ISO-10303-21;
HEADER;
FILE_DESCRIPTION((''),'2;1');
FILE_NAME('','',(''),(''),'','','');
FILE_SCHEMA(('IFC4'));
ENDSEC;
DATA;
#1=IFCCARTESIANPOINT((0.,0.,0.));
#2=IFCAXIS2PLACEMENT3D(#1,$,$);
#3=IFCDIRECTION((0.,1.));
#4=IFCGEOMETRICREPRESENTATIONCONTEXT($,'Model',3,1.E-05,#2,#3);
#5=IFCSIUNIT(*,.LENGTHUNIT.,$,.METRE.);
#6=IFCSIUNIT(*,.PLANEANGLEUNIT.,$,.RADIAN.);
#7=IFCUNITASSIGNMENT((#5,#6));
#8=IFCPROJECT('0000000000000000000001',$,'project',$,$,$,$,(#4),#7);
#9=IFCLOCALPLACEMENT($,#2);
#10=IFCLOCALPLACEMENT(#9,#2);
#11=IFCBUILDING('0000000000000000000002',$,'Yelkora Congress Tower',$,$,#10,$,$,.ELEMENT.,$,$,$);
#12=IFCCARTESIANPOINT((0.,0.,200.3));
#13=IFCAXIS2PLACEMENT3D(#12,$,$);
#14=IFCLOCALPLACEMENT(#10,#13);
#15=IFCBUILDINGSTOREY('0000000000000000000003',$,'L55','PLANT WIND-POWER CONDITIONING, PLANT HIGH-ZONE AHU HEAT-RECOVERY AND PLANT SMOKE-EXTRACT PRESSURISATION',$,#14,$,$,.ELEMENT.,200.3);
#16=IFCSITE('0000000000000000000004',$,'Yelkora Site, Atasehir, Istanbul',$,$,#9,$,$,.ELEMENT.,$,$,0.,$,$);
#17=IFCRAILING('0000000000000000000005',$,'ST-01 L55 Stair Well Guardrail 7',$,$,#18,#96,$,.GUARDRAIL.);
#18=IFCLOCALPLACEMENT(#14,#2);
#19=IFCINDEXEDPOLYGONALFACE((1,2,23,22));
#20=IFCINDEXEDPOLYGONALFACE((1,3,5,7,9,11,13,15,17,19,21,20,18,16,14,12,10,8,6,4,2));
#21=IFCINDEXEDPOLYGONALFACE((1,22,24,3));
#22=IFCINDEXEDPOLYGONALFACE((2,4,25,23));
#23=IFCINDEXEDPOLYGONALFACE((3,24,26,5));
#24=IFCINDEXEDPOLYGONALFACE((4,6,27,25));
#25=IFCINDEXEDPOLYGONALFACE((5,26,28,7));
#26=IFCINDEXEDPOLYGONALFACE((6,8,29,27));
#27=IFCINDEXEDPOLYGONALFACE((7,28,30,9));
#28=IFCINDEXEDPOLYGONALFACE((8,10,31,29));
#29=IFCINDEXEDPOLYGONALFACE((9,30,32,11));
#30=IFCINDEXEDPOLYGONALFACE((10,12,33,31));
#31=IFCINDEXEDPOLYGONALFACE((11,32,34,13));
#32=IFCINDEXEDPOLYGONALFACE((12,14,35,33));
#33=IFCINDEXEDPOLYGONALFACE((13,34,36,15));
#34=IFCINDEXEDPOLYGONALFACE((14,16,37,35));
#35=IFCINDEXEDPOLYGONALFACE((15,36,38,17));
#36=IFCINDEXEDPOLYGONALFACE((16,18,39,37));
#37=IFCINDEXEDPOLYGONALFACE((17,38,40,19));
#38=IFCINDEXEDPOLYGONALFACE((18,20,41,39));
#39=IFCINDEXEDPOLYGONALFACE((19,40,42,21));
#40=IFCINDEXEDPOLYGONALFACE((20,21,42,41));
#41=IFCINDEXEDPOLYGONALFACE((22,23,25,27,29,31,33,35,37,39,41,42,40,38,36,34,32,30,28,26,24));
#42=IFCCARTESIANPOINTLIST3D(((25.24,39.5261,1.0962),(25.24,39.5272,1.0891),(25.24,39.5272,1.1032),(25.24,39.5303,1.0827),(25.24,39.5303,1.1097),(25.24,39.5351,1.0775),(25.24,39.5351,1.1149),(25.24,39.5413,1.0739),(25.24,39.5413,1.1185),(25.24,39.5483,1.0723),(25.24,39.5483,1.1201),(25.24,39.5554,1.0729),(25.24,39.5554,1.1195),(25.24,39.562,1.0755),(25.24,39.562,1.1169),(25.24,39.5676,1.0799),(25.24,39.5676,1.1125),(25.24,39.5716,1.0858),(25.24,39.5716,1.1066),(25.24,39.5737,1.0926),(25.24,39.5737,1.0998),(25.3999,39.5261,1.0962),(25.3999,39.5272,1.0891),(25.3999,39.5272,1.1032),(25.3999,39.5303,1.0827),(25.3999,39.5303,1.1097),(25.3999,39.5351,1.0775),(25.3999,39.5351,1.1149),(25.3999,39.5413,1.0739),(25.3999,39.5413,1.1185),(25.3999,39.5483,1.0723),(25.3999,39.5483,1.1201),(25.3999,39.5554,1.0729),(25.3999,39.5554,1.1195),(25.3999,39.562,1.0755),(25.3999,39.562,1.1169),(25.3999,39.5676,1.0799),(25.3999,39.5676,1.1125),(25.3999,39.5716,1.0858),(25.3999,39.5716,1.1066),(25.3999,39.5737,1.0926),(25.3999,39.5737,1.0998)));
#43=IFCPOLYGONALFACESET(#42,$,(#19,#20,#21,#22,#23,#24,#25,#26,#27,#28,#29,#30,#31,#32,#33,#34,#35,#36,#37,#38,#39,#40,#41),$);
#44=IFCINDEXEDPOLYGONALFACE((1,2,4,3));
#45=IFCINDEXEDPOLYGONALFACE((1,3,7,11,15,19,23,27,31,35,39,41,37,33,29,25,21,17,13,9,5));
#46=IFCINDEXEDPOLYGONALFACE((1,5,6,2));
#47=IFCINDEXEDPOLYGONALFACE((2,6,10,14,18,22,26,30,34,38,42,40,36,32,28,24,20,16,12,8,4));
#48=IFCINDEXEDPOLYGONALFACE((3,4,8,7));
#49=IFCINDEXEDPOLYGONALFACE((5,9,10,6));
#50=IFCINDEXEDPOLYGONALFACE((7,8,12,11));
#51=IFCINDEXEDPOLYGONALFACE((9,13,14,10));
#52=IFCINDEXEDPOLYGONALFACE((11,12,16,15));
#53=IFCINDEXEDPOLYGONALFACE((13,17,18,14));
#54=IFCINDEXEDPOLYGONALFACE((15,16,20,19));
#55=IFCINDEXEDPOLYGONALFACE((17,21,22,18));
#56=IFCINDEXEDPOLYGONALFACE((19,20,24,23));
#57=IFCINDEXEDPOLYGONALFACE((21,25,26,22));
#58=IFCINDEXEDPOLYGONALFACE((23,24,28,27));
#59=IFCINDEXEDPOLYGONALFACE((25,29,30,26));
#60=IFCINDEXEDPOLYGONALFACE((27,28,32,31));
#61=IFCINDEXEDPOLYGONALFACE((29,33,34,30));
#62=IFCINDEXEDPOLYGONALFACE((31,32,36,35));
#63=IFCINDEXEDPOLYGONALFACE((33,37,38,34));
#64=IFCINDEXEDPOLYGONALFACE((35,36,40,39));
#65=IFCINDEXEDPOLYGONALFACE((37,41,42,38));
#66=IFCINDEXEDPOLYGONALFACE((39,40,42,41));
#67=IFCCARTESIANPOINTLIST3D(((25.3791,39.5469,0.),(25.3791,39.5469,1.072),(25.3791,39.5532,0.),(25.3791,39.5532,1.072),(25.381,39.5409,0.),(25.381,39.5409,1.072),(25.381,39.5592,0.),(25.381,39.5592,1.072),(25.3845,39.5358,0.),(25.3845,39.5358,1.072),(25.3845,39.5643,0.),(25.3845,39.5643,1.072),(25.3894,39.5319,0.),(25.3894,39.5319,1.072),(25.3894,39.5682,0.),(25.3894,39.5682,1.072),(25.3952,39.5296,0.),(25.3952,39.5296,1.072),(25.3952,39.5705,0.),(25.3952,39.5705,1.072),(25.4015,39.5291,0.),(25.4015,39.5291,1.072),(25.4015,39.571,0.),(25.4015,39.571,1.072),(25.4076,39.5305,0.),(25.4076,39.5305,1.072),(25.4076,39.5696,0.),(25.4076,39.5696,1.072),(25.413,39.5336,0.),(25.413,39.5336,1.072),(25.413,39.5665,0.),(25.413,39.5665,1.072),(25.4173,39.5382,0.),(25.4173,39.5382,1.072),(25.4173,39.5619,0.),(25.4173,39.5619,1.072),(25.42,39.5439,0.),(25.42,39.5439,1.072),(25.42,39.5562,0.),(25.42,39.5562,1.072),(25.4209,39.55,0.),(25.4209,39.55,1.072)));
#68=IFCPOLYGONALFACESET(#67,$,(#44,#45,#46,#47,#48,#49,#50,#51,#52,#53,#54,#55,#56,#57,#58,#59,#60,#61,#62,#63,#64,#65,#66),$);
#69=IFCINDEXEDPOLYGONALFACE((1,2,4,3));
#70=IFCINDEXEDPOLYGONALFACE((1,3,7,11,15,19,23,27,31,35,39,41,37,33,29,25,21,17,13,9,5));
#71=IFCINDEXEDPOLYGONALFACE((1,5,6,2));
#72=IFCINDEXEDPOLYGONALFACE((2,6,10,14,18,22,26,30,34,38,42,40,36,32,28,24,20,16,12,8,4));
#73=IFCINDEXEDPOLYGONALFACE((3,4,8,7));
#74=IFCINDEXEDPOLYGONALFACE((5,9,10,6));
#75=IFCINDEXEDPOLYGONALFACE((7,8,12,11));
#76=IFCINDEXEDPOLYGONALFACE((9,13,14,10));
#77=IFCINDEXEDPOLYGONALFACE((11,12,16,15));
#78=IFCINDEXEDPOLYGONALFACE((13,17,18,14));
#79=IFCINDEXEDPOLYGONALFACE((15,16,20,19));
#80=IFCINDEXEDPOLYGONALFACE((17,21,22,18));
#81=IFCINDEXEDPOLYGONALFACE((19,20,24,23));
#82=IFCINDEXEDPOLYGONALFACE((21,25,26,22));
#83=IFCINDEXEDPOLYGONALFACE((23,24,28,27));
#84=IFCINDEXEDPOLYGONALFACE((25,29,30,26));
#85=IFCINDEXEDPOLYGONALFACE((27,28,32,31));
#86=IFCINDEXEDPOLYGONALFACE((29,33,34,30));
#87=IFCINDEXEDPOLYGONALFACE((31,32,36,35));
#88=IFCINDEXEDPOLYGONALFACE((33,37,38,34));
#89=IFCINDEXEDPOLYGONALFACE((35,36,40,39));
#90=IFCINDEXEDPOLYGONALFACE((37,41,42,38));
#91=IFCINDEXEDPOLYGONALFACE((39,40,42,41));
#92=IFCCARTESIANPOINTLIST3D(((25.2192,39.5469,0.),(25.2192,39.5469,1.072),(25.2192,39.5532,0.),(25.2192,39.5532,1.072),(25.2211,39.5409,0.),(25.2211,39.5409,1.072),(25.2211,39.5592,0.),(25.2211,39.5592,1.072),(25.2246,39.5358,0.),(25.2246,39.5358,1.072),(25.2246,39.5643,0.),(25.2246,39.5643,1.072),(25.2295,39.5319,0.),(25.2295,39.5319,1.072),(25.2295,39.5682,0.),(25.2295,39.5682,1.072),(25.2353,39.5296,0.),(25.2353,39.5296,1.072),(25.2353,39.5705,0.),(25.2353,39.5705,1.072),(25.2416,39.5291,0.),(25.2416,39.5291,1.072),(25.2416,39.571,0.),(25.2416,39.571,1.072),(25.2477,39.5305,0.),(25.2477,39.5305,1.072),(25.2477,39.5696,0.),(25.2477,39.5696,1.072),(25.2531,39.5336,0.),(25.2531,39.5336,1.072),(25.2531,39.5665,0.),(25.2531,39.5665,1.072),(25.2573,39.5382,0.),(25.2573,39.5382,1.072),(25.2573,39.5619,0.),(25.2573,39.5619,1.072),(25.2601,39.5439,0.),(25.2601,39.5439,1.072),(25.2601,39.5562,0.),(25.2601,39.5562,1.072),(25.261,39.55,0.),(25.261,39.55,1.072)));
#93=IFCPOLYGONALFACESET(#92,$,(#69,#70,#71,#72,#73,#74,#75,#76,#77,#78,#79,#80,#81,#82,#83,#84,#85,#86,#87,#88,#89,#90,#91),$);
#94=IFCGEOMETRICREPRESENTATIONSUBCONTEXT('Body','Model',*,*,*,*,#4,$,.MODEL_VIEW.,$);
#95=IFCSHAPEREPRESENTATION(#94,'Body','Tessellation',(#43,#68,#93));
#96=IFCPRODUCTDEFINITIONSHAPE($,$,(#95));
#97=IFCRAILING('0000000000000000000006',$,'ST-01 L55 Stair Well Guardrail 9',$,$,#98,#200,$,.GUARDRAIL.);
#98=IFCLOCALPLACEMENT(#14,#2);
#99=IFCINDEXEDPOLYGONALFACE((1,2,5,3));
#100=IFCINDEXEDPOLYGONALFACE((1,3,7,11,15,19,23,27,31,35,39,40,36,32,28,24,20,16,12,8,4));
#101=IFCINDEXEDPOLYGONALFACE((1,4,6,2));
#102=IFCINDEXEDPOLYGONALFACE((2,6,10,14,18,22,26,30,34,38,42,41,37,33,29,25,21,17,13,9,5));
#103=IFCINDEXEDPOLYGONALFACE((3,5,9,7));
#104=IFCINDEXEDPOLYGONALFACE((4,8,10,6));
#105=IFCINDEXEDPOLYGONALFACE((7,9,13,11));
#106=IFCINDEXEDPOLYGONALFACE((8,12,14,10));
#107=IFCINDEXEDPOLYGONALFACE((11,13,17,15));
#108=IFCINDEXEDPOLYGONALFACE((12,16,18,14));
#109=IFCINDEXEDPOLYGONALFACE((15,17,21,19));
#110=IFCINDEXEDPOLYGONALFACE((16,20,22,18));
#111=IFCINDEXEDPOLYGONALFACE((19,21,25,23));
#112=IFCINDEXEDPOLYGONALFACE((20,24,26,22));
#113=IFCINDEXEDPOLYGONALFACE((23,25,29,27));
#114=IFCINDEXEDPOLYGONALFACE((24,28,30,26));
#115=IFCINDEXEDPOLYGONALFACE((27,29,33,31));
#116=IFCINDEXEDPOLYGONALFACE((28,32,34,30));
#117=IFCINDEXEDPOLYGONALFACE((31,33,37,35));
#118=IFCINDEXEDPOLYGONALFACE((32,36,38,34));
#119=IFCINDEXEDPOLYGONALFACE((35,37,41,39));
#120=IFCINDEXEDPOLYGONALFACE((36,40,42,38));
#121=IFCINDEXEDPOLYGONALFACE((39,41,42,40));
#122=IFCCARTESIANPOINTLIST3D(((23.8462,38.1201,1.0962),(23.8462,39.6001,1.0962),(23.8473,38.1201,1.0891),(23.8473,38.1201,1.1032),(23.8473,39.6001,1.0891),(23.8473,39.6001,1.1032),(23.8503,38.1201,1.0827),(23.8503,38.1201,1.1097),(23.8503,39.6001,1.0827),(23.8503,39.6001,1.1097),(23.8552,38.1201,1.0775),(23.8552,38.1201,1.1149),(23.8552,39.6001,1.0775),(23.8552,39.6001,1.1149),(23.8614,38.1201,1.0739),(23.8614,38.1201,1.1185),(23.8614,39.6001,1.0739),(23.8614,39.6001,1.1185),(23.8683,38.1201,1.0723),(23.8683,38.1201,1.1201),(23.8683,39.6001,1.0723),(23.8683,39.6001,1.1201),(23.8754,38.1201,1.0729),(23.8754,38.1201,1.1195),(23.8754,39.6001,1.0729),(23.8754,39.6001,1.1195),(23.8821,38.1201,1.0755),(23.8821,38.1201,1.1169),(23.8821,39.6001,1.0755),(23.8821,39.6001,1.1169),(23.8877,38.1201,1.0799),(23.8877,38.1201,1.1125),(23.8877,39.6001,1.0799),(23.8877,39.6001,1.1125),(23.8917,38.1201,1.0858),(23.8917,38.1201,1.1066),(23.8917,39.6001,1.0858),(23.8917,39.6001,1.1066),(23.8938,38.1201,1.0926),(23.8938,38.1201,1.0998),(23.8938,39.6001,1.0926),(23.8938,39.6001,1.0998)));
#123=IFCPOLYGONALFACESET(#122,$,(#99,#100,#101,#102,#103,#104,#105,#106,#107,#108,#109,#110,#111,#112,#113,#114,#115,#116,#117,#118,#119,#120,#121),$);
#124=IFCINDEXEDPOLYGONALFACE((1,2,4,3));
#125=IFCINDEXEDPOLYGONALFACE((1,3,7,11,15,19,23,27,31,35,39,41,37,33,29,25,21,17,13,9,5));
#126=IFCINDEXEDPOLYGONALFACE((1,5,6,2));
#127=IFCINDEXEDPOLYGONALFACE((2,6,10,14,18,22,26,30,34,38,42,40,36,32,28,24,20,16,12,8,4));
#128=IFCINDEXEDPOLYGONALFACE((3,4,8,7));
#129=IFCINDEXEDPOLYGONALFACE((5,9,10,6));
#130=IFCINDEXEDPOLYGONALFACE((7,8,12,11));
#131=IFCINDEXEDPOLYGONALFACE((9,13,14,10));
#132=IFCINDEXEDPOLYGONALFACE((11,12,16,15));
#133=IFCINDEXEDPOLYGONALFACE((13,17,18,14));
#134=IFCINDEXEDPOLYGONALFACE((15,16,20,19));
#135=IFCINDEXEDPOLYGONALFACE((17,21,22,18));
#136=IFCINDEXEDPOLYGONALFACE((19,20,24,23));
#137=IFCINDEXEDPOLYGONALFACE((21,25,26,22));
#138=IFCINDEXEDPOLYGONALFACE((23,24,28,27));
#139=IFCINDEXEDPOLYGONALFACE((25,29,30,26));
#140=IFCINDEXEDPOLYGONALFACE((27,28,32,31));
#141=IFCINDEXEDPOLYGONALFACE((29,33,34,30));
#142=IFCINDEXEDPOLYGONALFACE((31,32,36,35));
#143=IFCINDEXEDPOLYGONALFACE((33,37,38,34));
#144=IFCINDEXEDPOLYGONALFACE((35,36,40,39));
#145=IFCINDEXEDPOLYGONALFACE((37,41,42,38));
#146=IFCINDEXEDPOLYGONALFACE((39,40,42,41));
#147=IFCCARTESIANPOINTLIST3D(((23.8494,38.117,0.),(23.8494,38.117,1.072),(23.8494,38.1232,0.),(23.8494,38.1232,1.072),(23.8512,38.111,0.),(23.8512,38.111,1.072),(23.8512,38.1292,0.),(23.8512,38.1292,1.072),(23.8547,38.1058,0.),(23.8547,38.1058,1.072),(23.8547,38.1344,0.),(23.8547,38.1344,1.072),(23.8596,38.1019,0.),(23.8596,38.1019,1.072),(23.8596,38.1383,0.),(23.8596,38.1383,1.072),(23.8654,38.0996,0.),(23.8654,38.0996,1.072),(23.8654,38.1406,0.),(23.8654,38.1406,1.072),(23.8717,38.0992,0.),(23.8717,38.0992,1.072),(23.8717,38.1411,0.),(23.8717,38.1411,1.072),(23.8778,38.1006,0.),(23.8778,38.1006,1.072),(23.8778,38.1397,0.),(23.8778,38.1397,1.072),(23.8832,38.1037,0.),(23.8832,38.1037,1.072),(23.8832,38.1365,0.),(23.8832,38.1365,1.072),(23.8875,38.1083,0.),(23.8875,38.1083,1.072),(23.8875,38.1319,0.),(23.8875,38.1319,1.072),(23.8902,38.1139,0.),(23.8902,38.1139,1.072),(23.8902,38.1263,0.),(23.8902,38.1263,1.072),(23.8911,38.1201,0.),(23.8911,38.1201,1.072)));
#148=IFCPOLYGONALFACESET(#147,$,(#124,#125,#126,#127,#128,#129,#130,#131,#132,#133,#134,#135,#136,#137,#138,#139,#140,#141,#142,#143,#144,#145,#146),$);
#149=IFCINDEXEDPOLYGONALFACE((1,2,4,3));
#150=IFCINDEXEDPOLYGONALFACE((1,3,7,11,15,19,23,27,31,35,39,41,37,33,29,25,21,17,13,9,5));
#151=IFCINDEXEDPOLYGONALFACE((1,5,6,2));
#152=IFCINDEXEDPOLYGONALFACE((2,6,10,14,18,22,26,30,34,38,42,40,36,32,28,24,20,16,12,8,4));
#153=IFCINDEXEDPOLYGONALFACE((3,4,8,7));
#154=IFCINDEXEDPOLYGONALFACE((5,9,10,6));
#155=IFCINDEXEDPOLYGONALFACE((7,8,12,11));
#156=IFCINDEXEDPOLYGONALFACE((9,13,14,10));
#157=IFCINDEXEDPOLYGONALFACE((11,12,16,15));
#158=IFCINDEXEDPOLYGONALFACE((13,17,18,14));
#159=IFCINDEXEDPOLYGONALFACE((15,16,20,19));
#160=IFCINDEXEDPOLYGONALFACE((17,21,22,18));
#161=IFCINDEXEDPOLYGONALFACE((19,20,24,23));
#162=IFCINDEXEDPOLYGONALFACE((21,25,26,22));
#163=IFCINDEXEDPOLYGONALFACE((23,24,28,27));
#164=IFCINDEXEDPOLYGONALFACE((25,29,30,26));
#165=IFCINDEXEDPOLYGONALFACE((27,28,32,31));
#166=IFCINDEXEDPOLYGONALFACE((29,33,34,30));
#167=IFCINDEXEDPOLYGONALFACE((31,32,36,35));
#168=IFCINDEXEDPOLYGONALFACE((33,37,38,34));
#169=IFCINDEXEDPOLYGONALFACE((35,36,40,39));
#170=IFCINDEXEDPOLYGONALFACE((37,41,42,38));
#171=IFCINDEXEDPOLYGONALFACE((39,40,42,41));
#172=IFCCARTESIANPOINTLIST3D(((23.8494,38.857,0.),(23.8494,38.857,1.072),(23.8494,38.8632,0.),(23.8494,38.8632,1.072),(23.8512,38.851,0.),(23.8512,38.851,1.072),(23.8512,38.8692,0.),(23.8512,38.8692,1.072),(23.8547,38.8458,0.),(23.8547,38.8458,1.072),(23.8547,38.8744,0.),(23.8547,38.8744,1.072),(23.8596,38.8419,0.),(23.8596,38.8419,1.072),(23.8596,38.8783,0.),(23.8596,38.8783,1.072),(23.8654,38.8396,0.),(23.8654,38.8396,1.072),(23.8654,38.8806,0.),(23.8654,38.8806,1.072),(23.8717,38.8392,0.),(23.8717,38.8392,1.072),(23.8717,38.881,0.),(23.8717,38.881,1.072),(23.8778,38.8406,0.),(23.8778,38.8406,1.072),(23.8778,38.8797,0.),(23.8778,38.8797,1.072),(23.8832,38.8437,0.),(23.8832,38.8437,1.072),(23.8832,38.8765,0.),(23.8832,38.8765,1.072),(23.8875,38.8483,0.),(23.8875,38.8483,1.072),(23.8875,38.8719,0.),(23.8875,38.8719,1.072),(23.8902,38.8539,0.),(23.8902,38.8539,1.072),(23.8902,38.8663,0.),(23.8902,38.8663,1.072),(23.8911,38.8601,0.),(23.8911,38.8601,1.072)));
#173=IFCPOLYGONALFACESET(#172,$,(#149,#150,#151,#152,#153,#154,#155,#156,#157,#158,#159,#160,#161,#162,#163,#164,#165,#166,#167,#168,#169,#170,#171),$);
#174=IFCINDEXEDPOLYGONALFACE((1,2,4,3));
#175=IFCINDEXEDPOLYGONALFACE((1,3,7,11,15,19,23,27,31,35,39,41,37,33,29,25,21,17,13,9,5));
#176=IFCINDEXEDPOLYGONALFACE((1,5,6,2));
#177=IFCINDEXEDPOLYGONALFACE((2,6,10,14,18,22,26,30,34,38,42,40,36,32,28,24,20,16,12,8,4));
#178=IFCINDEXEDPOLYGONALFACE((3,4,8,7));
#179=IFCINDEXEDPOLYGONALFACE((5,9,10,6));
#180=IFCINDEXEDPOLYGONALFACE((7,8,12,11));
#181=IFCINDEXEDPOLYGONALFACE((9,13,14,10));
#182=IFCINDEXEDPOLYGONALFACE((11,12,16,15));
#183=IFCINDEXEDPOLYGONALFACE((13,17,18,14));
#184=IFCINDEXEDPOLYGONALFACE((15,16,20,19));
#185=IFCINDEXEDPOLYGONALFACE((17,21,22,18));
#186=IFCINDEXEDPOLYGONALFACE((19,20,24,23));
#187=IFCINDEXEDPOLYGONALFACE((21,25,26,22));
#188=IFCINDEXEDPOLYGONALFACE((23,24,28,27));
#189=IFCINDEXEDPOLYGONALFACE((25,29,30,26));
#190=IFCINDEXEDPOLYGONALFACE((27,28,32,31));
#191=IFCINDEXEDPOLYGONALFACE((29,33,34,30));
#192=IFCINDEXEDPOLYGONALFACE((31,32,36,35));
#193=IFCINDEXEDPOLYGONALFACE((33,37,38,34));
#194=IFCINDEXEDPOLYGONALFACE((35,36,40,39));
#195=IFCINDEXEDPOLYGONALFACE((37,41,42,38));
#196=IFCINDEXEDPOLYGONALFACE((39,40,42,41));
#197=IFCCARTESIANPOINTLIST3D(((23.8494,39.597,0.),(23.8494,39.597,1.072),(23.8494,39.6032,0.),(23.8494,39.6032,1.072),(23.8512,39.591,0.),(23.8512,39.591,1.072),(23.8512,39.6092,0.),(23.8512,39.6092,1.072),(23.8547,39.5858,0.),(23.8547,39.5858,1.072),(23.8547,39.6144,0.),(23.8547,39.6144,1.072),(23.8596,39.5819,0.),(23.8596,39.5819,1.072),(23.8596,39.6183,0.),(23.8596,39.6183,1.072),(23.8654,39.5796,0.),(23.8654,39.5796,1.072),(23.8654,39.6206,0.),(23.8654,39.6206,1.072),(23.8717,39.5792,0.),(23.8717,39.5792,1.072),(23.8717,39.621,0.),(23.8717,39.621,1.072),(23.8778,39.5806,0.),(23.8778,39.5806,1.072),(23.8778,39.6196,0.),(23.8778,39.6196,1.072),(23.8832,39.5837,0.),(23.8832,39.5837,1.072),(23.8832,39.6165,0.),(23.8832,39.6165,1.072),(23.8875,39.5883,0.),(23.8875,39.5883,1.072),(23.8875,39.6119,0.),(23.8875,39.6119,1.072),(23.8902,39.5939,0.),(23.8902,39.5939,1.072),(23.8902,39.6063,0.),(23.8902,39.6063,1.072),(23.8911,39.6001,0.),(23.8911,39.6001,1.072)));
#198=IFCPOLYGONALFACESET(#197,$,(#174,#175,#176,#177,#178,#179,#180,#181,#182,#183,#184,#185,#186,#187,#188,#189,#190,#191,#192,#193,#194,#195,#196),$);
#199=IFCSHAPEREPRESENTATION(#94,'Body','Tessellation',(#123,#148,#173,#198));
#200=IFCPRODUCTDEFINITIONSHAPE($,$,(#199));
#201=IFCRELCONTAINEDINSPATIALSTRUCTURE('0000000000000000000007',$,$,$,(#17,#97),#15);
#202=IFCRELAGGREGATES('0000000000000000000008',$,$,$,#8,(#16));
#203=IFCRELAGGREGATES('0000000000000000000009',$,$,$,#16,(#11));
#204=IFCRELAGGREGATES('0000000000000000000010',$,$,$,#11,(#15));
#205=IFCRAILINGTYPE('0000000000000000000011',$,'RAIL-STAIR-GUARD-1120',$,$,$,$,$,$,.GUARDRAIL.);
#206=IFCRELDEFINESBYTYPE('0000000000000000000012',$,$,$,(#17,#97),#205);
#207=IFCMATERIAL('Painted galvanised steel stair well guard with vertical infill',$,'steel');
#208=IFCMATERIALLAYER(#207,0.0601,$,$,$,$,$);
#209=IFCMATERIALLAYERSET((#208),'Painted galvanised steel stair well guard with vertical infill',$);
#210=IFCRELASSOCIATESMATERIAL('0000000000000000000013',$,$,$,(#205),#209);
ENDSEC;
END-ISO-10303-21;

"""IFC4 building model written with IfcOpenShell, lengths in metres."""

from ifc_helpers import new_model, si_unit, direction, frame, origin, origin_2d, place, context, subcontext, project, spatial, circle, extrude, material, layer, layer_set, type_object, element, save


model = new_model("IFC4")

# Units and contexts
model_context = context("Model", 3, precision=1e-05, world=origin(), true_north=direction((0.0, 1.0)))
body_context = subcontext(model_context, "Body", "Model", "MODEL_VIEW")
ifc_project = project(units=[si_unit("LENGTHUNIT", "METRE"), si_unit("PLANEANGLEUNIT", "RADIAN")], contexts=[model_context])

# Site, building, storey
site_placement = place(None, origin())
site = spatial("IfcSite", under=ifc_project, at=site_placement, Name="Yelkora Site, Atasehir, Istanbul", CompositionType="ELEMENT", RefElevation=0.0)
building_placement = place(site_placement, origin())
building = spatial("IfcBuilding", under=site, at=building_placement, Name="Yelkora Congress Tower", CompositionType="ELEMENT")
storey_placement = place(building_placement, frame((0.0, 0.0, 200.3)))
storey = spatial("IfcBuildingStorey", under=building, at=storey_placement, Name="L55", Description="PLANT WIND-POWER CONDITIONING, PLANT HIGH-ZONE AHU HEAT-RECOVERY AND PLANT SMOKE-EXTRACT PRESSURISATION", CompositionType="ELEMENT", Elevation=200.3)

# Railings
ifc_material_1 = material(Name="Painted galvanised steel stair well guard with vertical infill", Category="steel")
ifc_layer_1 = layer(ifc_material_1, 0.0601)
ifc_layer_set_1 = layer_set([ifc_layer_1], Name="Painted galvanised steel stair well guard with vertical infill")
railing_type_1 = type_object("IfcRailingType", Name="RAIL-STAIR-GUARD-1120", PredefinedType="GUARDRAIL", material=ifc_layer_set_1)
railing_1_placement = place(storey_placement, frame((25.3999, 39.55, 0.0)))
element("IfcRailing", 1, at=railing_1_placement, inside=storey, type_object=railing_type_1, Name="ST-01 L55 Stair Well Guardrail 7", PredefinedType="GUARDRAIL", context=body_context, shape_type="SweptSolid", body=[
    extrude(circle(Radius=0.0239, at=origin_2d()), frame((0.0, 0.0, 1.0962), z_axis=(-1.0, 0.0, 0.0), x_axis=(0.0, -1.0, 0.0)), (0.0, 0.0, 1.0), 0.1599),
    extrude(circle(Radius=0.021, at=origin_2d()), origin(), (0.0, 0.0, 1.0), 1.072),
    extrude(circle(Radius=0.021, at=origin_2d()), frame((-0.1599, 0.0, 0.0)), (0.0, 0.0, 1.0), 1.072),
])
railing_2_placement = place(storey_placement, frame((23.8701, 38.1201, 0.0)))
element("IfcRailing", 2, at=railing_2_placement, inside=storey, type_object=railing_type_1, Name="ST-01 L55 Stair Well Guardrail 9", PredefinedType="GUARDRAIL", context=body_context, shape_type="SweptSolid", body=[
    extrude(circle(Radius=0.0239, at=origin_2d()), frame((0.0, 0.0, 1.0962), z_axis=(0.0, 1.0, 0.0), x_axis=(-1.0, 0.0, 0.0)), (0.0, 0.0, 1.0), 1.48),
    extrude(circle(Radius=0.021, at=origin_2d()), origin(), (0.0, 0.0, 1.0), 1.072),
    extrude(circle(Radius=0.021, at=origin_2d()), frame((0.0, 0.74, 0.0)), (0.0, 0.0, 1.0), 1.072),
    extrude(circle(Radius=0.021, at=origin_2d()), frame((0.0, 1.48, 0.0)), (0.0, 0.0, 1.0), 1.072),
])

save(model, "model.ifc")
